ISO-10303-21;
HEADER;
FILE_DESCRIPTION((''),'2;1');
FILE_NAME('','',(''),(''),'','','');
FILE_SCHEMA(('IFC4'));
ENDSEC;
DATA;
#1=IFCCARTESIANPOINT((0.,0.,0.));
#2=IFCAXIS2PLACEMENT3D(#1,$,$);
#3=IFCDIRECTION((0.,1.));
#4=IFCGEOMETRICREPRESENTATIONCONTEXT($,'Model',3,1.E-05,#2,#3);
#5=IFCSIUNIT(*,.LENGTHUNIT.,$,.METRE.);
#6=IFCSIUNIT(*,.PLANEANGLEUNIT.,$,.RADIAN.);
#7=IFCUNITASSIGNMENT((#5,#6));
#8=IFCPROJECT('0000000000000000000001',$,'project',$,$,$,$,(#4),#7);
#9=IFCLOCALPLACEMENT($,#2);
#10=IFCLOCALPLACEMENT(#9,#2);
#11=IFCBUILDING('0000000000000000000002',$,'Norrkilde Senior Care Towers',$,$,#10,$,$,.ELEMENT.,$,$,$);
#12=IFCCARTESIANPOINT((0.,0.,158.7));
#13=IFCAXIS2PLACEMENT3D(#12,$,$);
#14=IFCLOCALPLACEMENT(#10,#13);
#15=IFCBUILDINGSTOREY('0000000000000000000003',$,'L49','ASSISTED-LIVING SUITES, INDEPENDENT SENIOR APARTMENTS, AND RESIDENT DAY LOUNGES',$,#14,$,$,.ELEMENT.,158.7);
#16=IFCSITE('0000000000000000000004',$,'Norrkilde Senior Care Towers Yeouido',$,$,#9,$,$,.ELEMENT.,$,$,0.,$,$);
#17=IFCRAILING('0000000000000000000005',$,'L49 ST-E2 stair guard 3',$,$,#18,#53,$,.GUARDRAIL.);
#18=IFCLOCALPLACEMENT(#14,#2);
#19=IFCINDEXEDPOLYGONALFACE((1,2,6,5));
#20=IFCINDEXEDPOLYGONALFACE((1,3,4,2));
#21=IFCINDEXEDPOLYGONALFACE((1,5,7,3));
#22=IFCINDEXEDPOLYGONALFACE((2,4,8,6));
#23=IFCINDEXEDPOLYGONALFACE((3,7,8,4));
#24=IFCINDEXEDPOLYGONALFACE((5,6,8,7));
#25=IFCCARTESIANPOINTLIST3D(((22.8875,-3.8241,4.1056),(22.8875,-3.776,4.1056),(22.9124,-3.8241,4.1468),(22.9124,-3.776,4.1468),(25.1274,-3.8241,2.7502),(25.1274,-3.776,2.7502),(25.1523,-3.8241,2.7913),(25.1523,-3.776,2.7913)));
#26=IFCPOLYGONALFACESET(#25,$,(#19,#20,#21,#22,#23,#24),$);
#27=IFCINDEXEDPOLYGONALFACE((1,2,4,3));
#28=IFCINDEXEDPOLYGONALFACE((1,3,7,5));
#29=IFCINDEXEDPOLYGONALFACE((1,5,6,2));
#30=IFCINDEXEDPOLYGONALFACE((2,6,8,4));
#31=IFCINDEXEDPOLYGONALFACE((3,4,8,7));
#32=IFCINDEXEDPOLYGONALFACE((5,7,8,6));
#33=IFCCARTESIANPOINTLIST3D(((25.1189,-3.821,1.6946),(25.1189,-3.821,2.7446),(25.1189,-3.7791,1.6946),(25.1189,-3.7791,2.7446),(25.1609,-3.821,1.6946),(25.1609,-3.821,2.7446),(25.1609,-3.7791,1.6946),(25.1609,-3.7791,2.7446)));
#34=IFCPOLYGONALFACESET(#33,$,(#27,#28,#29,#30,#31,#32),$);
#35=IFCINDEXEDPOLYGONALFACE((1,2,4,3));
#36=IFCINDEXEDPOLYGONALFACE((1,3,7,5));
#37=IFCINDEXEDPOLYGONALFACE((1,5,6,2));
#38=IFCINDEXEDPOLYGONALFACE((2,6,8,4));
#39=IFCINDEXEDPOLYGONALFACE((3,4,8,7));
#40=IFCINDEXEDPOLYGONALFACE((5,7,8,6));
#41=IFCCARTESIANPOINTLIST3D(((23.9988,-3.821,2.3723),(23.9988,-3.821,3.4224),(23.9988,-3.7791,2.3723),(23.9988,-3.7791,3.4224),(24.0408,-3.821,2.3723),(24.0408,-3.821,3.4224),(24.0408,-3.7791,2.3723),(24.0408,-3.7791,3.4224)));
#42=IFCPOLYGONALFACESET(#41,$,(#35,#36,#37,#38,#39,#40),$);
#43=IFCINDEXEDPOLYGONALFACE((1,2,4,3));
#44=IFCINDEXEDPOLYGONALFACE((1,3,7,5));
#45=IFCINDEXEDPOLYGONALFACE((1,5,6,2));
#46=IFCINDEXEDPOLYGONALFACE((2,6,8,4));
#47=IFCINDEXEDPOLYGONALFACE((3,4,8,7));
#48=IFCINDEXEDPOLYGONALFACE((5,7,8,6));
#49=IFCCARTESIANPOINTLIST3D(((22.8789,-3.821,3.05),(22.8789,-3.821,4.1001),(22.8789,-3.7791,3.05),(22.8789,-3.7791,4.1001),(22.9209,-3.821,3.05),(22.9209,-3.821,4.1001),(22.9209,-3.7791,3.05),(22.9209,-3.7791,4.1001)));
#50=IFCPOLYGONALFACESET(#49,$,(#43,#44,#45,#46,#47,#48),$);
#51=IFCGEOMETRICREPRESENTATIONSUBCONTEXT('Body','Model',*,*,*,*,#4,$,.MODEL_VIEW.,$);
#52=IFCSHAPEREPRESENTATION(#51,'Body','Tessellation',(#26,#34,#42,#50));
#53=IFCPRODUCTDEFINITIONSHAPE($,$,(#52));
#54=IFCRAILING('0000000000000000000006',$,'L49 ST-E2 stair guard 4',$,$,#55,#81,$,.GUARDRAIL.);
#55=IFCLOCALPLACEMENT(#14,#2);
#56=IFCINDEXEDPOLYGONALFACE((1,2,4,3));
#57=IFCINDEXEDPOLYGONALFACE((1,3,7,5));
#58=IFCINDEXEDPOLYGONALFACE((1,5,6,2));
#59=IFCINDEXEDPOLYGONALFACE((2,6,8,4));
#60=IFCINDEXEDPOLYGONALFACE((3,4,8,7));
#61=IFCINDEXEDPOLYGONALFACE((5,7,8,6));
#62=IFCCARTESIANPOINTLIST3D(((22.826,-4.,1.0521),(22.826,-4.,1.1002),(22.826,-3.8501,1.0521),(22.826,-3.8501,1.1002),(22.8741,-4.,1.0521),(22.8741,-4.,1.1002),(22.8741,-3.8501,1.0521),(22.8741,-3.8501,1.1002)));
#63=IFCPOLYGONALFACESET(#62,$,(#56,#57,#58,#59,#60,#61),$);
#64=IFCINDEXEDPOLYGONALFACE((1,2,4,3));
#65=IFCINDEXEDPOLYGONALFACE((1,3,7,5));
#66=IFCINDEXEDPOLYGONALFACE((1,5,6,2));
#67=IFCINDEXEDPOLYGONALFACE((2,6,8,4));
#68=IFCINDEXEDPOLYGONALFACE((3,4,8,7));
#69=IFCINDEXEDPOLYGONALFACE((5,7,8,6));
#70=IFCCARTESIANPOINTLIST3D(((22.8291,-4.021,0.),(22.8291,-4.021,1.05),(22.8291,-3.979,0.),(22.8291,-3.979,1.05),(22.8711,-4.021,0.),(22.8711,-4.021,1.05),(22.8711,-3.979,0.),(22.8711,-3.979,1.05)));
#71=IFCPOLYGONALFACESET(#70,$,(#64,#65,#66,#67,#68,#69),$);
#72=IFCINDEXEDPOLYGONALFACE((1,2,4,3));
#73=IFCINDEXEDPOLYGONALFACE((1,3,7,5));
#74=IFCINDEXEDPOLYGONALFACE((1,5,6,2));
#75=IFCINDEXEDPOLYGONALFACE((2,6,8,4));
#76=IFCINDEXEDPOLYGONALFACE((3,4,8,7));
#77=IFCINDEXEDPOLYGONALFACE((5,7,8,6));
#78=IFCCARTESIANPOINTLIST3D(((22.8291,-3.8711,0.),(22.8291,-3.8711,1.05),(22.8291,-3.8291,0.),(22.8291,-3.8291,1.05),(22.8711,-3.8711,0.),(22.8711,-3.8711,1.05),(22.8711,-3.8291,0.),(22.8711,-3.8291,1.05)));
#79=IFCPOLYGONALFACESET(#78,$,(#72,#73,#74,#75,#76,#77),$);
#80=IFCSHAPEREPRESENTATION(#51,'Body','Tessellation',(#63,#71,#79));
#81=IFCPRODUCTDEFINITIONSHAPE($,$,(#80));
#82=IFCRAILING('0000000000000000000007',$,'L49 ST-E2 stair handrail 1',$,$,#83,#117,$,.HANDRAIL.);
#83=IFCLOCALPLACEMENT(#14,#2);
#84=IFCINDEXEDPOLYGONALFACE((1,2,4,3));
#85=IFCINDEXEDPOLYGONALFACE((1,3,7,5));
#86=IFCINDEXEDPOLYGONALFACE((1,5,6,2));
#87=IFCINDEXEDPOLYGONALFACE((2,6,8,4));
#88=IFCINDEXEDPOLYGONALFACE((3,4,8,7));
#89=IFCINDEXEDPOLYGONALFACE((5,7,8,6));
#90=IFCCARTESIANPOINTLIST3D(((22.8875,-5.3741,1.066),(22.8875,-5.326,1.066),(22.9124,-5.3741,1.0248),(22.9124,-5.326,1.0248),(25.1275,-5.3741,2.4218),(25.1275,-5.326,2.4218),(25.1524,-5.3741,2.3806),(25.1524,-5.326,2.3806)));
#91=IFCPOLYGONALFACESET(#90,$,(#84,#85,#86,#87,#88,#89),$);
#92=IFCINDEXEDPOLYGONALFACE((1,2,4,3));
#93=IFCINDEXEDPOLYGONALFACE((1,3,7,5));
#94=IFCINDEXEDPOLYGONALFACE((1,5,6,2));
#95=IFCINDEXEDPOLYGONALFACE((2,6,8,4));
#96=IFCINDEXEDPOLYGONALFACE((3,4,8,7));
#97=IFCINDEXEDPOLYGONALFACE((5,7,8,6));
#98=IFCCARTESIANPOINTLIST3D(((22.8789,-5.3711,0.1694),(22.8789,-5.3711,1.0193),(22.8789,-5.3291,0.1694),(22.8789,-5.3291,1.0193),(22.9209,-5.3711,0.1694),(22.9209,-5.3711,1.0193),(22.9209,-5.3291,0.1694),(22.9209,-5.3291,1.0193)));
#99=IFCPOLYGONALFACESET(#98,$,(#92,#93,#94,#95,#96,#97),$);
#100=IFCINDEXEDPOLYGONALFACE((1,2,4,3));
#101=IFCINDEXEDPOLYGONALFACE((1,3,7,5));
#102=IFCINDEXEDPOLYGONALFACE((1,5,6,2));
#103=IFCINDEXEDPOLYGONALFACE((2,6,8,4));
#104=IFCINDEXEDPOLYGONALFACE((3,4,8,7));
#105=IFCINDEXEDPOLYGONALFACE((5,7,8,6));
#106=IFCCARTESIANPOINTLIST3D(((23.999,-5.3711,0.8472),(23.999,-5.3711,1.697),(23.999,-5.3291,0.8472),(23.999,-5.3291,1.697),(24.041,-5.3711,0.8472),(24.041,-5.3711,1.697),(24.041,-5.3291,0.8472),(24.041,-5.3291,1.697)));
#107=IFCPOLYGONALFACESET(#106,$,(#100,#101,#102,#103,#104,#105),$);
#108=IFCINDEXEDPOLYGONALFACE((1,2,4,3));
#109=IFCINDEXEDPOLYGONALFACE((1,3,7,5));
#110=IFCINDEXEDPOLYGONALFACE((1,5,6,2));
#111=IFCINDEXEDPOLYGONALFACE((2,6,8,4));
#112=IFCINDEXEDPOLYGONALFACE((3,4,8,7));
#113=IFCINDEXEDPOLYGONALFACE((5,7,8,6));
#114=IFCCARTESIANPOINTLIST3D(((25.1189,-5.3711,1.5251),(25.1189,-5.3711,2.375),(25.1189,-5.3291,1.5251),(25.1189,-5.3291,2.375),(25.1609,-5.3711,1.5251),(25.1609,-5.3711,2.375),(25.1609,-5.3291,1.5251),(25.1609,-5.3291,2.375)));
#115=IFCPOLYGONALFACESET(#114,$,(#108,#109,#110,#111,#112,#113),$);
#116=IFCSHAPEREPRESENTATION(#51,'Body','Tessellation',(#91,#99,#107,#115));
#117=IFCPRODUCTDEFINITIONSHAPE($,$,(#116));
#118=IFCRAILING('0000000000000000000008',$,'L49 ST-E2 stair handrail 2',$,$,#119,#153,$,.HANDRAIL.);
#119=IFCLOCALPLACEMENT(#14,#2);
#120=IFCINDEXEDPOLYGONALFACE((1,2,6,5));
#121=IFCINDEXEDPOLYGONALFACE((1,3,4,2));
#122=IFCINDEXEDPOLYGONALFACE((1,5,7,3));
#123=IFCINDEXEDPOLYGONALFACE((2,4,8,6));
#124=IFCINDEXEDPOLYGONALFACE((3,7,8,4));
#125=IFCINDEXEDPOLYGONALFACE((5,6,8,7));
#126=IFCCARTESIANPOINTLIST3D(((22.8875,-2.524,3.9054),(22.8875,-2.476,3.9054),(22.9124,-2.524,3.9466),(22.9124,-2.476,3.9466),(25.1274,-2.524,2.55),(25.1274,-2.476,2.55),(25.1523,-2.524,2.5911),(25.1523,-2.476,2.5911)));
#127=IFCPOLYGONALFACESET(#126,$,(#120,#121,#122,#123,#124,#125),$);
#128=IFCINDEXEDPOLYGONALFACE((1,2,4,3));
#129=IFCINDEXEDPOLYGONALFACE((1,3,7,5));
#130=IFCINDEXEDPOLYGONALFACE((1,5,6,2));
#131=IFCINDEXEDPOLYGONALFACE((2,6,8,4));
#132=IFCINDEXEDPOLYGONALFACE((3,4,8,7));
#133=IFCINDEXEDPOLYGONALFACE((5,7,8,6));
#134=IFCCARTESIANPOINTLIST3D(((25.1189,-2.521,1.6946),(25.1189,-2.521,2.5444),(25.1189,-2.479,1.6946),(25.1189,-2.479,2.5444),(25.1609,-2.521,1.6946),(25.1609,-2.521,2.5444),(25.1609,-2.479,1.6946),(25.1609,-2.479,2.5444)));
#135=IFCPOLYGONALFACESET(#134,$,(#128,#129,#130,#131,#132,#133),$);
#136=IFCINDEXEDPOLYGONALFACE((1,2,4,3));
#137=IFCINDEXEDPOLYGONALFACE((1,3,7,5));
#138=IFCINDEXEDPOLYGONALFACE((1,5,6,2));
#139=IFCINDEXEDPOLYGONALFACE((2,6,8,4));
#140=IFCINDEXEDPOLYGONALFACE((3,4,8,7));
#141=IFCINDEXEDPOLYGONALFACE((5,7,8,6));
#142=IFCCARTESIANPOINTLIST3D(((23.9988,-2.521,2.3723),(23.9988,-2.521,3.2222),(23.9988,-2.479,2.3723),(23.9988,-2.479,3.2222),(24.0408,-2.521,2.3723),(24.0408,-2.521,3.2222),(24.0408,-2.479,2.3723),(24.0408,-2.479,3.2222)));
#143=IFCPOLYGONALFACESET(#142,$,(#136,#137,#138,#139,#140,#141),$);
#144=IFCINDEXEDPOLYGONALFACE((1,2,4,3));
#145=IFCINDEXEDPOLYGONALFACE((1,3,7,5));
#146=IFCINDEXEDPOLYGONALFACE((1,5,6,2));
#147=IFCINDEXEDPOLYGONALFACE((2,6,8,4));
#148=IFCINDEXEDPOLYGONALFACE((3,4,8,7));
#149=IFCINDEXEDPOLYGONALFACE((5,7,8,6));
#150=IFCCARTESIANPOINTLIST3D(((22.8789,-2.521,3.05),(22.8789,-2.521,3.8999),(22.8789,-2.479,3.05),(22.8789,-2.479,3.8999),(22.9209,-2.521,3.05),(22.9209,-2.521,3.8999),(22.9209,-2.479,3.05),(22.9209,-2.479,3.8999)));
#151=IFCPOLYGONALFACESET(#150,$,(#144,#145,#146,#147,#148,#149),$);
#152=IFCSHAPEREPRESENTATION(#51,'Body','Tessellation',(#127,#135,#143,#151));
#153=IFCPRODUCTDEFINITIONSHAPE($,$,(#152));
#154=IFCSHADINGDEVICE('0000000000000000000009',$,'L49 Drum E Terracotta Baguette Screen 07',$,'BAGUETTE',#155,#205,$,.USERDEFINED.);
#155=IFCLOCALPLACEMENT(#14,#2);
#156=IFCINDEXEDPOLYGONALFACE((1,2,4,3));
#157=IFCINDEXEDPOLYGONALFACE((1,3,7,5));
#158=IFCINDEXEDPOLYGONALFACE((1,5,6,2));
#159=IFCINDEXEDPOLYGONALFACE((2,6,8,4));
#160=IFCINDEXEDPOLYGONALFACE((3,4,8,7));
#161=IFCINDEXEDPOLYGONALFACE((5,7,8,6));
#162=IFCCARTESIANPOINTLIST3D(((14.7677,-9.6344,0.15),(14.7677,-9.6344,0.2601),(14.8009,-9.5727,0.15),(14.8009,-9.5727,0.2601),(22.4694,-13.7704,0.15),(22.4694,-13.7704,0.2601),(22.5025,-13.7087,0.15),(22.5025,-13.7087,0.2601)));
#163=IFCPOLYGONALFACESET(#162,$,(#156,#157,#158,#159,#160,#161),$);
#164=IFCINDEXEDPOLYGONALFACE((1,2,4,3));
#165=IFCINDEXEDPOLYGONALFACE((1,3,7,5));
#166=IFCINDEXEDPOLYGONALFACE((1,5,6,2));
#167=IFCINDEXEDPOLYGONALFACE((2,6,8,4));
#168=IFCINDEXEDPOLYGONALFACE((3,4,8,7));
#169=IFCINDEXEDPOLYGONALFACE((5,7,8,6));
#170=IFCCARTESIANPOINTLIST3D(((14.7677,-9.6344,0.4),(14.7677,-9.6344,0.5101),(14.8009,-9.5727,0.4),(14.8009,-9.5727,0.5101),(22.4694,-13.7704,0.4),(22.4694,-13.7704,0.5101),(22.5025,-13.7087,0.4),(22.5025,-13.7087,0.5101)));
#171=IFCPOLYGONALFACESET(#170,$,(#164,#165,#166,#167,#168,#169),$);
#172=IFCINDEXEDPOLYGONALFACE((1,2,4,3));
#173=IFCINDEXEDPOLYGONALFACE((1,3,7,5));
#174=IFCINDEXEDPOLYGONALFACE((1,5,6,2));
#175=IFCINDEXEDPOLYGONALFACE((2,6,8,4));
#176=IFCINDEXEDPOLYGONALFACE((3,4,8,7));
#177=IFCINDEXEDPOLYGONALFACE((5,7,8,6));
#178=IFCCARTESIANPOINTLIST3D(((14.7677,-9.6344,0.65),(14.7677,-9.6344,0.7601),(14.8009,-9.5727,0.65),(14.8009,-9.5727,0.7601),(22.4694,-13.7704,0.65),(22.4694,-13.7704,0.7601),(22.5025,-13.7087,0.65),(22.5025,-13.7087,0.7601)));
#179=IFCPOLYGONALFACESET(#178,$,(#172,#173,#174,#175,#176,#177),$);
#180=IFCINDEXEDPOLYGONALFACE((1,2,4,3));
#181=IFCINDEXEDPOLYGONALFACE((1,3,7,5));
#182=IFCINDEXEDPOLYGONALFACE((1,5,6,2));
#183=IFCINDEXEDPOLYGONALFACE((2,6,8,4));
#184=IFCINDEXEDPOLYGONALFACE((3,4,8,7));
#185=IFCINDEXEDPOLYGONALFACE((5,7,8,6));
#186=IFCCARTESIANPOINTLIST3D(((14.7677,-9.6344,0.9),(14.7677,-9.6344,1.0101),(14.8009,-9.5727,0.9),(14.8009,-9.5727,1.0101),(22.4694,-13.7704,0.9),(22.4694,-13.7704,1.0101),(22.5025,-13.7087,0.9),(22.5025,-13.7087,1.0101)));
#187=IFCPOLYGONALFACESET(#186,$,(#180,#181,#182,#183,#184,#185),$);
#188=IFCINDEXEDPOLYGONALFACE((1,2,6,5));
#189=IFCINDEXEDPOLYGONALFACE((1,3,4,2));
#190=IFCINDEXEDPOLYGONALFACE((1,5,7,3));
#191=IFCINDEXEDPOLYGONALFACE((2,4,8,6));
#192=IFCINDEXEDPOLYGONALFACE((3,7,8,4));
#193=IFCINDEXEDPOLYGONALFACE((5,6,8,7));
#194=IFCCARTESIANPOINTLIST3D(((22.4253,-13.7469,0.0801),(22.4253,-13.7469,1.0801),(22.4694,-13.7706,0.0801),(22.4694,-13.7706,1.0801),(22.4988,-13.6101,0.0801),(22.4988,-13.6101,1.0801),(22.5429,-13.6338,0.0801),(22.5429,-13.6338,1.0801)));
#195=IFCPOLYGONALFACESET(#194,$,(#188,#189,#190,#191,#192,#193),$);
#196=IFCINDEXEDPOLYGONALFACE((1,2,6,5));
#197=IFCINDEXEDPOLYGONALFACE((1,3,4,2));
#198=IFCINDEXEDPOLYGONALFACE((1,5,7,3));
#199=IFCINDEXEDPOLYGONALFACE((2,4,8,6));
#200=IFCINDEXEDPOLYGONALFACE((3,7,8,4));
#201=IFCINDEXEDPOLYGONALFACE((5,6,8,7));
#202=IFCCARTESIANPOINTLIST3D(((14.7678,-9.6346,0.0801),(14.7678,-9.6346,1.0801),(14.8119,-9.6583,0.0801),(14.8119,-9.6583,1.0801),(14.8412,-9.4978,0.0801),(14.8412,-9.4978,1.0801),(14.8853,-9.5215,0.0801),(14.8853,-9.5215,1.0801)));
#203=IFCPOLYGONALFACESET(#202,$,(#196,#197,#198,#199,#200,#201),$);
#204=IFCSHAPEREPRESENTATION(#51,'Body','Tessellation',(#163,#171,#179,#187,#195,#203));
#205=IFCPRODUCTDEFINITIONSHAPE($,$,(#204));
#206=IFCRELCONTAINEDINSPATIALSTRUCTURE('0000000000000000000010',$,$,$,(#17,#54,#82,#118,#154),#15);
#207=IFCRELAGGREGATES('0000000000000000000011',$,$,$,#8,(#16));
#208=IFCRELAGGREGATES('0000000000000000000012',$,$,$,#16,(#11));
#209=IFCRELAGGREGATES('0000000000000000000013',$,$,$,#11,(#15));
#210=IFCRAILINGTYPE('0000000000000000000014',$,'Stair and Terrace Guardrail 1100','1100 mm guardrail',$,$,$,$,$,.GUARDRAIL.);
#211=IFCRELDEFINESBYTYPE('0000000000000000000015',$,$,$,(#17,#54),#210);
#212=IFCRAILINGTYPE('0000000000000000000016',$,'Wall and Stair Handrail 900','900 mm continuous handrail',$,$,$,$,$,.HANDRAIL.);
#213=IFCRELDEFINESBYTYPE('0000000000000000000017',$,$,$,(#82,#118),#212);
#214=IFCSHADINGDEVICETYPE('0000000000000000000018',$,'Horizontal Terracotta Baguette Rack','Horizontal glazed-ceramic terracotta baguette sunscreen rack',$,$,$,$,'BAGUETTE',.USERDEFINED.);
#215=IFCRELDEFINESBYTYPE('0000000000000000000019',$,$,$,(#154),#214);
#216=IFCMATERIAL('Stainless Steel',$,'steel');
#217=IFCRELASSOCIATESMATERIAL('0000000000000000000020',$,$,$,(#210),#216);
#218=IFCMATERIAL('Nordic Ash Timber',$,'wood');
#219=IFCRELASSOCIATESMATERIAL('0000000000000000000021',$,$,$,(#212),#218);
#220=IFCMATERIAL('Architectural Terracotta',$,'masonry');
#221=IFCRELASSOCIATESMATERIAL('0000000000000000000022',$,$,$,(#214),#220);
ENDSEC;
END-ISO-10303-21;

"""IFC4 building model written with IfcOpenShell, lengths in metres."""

from ifc_helpers import new_model, si_unit, direction, frame, origin, origin_2d, place, context, subcontext, project, spatial, rectangle, extrude, source, transform, mapped, material, type_object, type_shapes, element, save


model = new_model("IFC4")

# Units and contexts
model_context = context("Model", 3, precision=1e-05, world=origin(), true_north=direction((0.0, 1.0)))
body_context = subcontext(model_context, "Body", "Model", "MODEL_VIEW")
ifc_project = project(units=[si_unit("LENGTHUNIT", "METRE"), si_unit("PLANEANGLEUNIT", "RADIAN")], contexts=[model_context])

# Site, building, storey
site_placement = place(None, origin())
site = spatial("IfcSite", under=ifc_project, at=site_placement, Name="Norrkilde Senior Care Towers Yeouido", CompositionType="ELEMENT", RefElevation=0.0)
building_placement = place(site_placement, origin())
building = spatial("IfcBuilding", under=site, at=building_placement, Name="Norrkilde Senior Care Towers", CompositionType="ELEMENT")
storey_placement = place(building_placement, frame((0.0, 0.0, 158.7)))
storey = spatial("IfcBuildingStorey", under=building, at=storey_placement, Name="L49", Description="ASSISTED-LIVING SUITES, INDEPENDENT SENIOR APARTMENTS, AND RESIDENT DAY LOUNGES", CompositionType="ELEMENT", Elevation=158.7)

# Railings
ifc_material_1 = material(Name="Stainless Steel", Category="steel")
railing_type_1 = type_object("IfcRailingType", Name="Stair and Terrace Guardrail 1100", Description="1100 mm guardrail", PredefinedType="GUARDRAIL", material=ifc_material_1)
railing_1_placement = place(storey_placement, frame((25.1399, -3.8, 1.6946)))
element("IfcRailing", 1, at=railing_1_placement, inside=storey, type_object=railing_type_1, Name="L49 ST-E2 stair guard 3", PredefinedType="GUARDRAIL", context=body_context, shape_type="SweptSolid", body=[
    extrude(rectangle(XDim=0.0481, YDim=0.0481, at=origin_2d()), frame((0.0, 0.0, 1.0762), z_axis=(-0.855553, 0.0, 0.517715), x_axis=(0.0, -1.0, 0.0)), (0.0, 0.0, 1.0), 2.6182),
    extrude(rectangle(XDim=0.042, YDim=0.042, at=origin_2d()), origin(), (0.0, 0.0, 1.0), 1.05),
    extrude(rectangle(XDim=0.042, YDim=0.042, at=origin_2d()), frame((-1.1201, 0.0, 0.6777)), (0.0, 0.0, 1.0), 1.05),
    extrude(rectangle(XDim=0.042, YDim=0.042, at=origin_2d()), frame((-2.24, 0.0, 1.3555)), (0.0, 0.0, 1.0), 1.05),
])
railing_2_placement = place(storey_placement, frame((22.8501, -4.0, 0.0)))
element("IfcRailing", 2, at=railing_2_placement, inside=storey, type_object=railing_type_1, Name="L49 ST-E2 stair guard 4", PredefinedType="GUARDRAIL", context=body_context, shape_type="SweptSolid", body=[
    extrude(rectangle(XDim=0.0481, YDim=0.0481, at=origin_2d()), frame((0.0, 0.0, 1.0762), z_axis=(0.0, 1.0, 0.0), x_axis=(-1.0, 0.0, 0.0)), (0.0, 0.0, 1.0), 0.1499),
    extrude(rectangle(XDim=0.042, YDim=0.042, at=origin_2d()), origin(), (0.0, 0.0, 1.0), 1.05),
    extrude(rectangle(XDim=0.042, YDim=0.042, at=origin_2d()), frame((0.0, 0.1499, 0.0)), (0.0, 0.0, 1.0), 1.05),
])
ifc_material_2 = material(Name="Nordic Ash Timber", Category="wood")
railing_type_2 = type_object("IfcRailingType", Name="Wall and Stair Handrail 900", Description="900 mm continuous handrail", PredefinedType="HANDRAIL", material=ifc_material_2)
railing_3_placement = place(storey_placement, frame((22.8999, -5.3501, 0.1694)))
element("IfcRailing", 3, at=railing_3_placement, inside=storey, type_object=railing_type_2, Name="L49 ST-E2 stair handrail 1", PredefinedType="HANDRAIL", context=body_context, shape_type="SweptSolid", body=[
    extrude(rectangle(XDim=0.0481, YDim=0.0481, at=origin_2d()), frame((0.0, 0.0, 0.876), z_axis=(0.855512, 0.0, 0.517783), x_axis=(0.0, 1.0, 0.0)), (0.0, 0.0, 1.0), 2.6184),
    extrude(rectangle(XDim=0.042, YDim=0.042, at=origin_2d()), origin(), (0.0, 0.0, 1.0), 0.8499),
    extrude(rectangle(XDim=0.042, YDim=0.042, at=origin_2d()), frame((1.1201, 0.0, 0.6777)), (0.0, 0.0, 1.0), 0.8499),
    extrude(rectangle(XDim=0.042, YDim=0.042, at=origin_2d()), frame((2.24, 0.0, 1.3557)), (0.0, 0.0, 1.0), 0.8499),
])
railing_4_placement = place(storey_placement, frame((25.1399, -2.5, 1.6946)))
element("IfcRailing", 4, at=railing_4_placement, inside=storey, type_object=railing_type_2, Name="L49 ST-E2 stair handrail 2", PredefinedType="HANDRAIL", context=body_context, shape_type="SweptSolid", body=[
    extrude(rectangle(XDim=0.0481, YDim=0.0481, at=origin_2d()), frame((0.0, 0.0, 0.876), z_axis=(-0.855553, 0.0, 0.517715), x_axis=(0.0, -1.0, 0.0)), (0.0, 0.0, 1.0), 2.6182),
    extrude(rectangle(XDim=0.042, YDim=0.042, at=origin_2d()), origin(), (0.0, 0.0, 1.0), 0.8499),
    extrude(rectangle(XDim=0.042, YDim=0.042, at=origin_2d()), frame((-1.1201, 0.0, 0.6777)), (0.0, 0.0, 1.0), 0.8499),
    extrude(rectangle(XDim=0.042, YDim=0.042, at=origin_2d()), frame((-2.24, 0.0, 1.3555)), (0.0, 0.0, 1.0), 0.8499),
])

# Shading device
ifc_material_3 = material(Name="Architectural Terracotta", Category="masonry")
shading_device_type = type_object("IfcShadingDeviceType", Name="Horizontal Terracotta Baguette Rack", Description="Horizontal glazed-ceramic terracotta baguette sunscreen rack", ElementType="BAGUETTE", PredefinedType="USERDEFINED", material=ifc_material_3)
shared_shape_1 = source(origin(), body_context, "Body", "SweptSolid", [
    extrude(rectangle(XDim=0.0701, YDim=0.1101, at=origin_2d()), frame((0.0, 0.0901, 0.125), z_axis=(1.0, 0.0, 0.0), x_axis=(0.0, 1.0, 0.0)), (0.0, 0.0, 1.0), 8.7419),
    extrude(rectangle(XDim=0.0701, YDim=0.1101, at=origin_2d()), frame((0.0, 0.0901, 0.375), z_axis=(1.0, 0.0, 0.0), x_axis=(0.0, 1.0, 0.0)), (0.0, 0.0, 1.0), 8.7419),
    extrude(rectangle(XDim=0.0701, YDim=0.1101, at=origin_2d()), frame((0.0, 0.0901, 0.625), z_axis=(1.0, 0.0, 0.0), x_axis=(0.0, 1.0, 0.0)), (0.0, 0.0, 1.0), 8.7419),
    extrude(rectangle(XDim=0.0701, YDim=0.1101, at=origin_2d()), frame((0.0, 0.0901, 0.875), z_axis=(1.0, 0.0, 0.0), x_axis=(0.0, 1.0, 0.0)), (0.0, 0.0, 1.0), 8.7419),
    extrude(rectangle(XDim=0.05, YDim=0.1553, at=origin_2d()), frame((0.0249, 0.0476, 0.0)), (0.0, 0.0, 1.0), 1.0),
    extrude(rectangle(XDim=0.05, YDim=0.1553, at=origin_2d()), frame((8.7168, 0.0476, 0.0)), (0.0, 0.0, 1.0), 1.0),
])
type_shapes(shading_device_type, [shared_shape_1])
shading_device_placement = place(storey_placement, frame((22.5286, -13.6602, 0.0801), z_axis=(0.0, 0.0, 1.0), x_axis=(-0.881001, 0.47312, 0.0)))
element("IfcShadingDevice", 5, at=shading_device_placement, inside=storey, type_object=shading_device_type, Name="L49 Drum E Terracotta Baguette Screen 07", ObjectType="BAGUETTE", PredefinedType="USERDEFINED", context=body_context, shape_type="MappedRepresentation", body=[
    mapped(shared_shape_1, transform((0.0, 0.0, 0.0), x_axis=(1.0, 0.0, 0.0), y_axis=(0.0, 1.0, 0.0), z_axis=(0.0, 0.0, 1.0), scale=1.0)),
])

save(model, "model.ifc")
